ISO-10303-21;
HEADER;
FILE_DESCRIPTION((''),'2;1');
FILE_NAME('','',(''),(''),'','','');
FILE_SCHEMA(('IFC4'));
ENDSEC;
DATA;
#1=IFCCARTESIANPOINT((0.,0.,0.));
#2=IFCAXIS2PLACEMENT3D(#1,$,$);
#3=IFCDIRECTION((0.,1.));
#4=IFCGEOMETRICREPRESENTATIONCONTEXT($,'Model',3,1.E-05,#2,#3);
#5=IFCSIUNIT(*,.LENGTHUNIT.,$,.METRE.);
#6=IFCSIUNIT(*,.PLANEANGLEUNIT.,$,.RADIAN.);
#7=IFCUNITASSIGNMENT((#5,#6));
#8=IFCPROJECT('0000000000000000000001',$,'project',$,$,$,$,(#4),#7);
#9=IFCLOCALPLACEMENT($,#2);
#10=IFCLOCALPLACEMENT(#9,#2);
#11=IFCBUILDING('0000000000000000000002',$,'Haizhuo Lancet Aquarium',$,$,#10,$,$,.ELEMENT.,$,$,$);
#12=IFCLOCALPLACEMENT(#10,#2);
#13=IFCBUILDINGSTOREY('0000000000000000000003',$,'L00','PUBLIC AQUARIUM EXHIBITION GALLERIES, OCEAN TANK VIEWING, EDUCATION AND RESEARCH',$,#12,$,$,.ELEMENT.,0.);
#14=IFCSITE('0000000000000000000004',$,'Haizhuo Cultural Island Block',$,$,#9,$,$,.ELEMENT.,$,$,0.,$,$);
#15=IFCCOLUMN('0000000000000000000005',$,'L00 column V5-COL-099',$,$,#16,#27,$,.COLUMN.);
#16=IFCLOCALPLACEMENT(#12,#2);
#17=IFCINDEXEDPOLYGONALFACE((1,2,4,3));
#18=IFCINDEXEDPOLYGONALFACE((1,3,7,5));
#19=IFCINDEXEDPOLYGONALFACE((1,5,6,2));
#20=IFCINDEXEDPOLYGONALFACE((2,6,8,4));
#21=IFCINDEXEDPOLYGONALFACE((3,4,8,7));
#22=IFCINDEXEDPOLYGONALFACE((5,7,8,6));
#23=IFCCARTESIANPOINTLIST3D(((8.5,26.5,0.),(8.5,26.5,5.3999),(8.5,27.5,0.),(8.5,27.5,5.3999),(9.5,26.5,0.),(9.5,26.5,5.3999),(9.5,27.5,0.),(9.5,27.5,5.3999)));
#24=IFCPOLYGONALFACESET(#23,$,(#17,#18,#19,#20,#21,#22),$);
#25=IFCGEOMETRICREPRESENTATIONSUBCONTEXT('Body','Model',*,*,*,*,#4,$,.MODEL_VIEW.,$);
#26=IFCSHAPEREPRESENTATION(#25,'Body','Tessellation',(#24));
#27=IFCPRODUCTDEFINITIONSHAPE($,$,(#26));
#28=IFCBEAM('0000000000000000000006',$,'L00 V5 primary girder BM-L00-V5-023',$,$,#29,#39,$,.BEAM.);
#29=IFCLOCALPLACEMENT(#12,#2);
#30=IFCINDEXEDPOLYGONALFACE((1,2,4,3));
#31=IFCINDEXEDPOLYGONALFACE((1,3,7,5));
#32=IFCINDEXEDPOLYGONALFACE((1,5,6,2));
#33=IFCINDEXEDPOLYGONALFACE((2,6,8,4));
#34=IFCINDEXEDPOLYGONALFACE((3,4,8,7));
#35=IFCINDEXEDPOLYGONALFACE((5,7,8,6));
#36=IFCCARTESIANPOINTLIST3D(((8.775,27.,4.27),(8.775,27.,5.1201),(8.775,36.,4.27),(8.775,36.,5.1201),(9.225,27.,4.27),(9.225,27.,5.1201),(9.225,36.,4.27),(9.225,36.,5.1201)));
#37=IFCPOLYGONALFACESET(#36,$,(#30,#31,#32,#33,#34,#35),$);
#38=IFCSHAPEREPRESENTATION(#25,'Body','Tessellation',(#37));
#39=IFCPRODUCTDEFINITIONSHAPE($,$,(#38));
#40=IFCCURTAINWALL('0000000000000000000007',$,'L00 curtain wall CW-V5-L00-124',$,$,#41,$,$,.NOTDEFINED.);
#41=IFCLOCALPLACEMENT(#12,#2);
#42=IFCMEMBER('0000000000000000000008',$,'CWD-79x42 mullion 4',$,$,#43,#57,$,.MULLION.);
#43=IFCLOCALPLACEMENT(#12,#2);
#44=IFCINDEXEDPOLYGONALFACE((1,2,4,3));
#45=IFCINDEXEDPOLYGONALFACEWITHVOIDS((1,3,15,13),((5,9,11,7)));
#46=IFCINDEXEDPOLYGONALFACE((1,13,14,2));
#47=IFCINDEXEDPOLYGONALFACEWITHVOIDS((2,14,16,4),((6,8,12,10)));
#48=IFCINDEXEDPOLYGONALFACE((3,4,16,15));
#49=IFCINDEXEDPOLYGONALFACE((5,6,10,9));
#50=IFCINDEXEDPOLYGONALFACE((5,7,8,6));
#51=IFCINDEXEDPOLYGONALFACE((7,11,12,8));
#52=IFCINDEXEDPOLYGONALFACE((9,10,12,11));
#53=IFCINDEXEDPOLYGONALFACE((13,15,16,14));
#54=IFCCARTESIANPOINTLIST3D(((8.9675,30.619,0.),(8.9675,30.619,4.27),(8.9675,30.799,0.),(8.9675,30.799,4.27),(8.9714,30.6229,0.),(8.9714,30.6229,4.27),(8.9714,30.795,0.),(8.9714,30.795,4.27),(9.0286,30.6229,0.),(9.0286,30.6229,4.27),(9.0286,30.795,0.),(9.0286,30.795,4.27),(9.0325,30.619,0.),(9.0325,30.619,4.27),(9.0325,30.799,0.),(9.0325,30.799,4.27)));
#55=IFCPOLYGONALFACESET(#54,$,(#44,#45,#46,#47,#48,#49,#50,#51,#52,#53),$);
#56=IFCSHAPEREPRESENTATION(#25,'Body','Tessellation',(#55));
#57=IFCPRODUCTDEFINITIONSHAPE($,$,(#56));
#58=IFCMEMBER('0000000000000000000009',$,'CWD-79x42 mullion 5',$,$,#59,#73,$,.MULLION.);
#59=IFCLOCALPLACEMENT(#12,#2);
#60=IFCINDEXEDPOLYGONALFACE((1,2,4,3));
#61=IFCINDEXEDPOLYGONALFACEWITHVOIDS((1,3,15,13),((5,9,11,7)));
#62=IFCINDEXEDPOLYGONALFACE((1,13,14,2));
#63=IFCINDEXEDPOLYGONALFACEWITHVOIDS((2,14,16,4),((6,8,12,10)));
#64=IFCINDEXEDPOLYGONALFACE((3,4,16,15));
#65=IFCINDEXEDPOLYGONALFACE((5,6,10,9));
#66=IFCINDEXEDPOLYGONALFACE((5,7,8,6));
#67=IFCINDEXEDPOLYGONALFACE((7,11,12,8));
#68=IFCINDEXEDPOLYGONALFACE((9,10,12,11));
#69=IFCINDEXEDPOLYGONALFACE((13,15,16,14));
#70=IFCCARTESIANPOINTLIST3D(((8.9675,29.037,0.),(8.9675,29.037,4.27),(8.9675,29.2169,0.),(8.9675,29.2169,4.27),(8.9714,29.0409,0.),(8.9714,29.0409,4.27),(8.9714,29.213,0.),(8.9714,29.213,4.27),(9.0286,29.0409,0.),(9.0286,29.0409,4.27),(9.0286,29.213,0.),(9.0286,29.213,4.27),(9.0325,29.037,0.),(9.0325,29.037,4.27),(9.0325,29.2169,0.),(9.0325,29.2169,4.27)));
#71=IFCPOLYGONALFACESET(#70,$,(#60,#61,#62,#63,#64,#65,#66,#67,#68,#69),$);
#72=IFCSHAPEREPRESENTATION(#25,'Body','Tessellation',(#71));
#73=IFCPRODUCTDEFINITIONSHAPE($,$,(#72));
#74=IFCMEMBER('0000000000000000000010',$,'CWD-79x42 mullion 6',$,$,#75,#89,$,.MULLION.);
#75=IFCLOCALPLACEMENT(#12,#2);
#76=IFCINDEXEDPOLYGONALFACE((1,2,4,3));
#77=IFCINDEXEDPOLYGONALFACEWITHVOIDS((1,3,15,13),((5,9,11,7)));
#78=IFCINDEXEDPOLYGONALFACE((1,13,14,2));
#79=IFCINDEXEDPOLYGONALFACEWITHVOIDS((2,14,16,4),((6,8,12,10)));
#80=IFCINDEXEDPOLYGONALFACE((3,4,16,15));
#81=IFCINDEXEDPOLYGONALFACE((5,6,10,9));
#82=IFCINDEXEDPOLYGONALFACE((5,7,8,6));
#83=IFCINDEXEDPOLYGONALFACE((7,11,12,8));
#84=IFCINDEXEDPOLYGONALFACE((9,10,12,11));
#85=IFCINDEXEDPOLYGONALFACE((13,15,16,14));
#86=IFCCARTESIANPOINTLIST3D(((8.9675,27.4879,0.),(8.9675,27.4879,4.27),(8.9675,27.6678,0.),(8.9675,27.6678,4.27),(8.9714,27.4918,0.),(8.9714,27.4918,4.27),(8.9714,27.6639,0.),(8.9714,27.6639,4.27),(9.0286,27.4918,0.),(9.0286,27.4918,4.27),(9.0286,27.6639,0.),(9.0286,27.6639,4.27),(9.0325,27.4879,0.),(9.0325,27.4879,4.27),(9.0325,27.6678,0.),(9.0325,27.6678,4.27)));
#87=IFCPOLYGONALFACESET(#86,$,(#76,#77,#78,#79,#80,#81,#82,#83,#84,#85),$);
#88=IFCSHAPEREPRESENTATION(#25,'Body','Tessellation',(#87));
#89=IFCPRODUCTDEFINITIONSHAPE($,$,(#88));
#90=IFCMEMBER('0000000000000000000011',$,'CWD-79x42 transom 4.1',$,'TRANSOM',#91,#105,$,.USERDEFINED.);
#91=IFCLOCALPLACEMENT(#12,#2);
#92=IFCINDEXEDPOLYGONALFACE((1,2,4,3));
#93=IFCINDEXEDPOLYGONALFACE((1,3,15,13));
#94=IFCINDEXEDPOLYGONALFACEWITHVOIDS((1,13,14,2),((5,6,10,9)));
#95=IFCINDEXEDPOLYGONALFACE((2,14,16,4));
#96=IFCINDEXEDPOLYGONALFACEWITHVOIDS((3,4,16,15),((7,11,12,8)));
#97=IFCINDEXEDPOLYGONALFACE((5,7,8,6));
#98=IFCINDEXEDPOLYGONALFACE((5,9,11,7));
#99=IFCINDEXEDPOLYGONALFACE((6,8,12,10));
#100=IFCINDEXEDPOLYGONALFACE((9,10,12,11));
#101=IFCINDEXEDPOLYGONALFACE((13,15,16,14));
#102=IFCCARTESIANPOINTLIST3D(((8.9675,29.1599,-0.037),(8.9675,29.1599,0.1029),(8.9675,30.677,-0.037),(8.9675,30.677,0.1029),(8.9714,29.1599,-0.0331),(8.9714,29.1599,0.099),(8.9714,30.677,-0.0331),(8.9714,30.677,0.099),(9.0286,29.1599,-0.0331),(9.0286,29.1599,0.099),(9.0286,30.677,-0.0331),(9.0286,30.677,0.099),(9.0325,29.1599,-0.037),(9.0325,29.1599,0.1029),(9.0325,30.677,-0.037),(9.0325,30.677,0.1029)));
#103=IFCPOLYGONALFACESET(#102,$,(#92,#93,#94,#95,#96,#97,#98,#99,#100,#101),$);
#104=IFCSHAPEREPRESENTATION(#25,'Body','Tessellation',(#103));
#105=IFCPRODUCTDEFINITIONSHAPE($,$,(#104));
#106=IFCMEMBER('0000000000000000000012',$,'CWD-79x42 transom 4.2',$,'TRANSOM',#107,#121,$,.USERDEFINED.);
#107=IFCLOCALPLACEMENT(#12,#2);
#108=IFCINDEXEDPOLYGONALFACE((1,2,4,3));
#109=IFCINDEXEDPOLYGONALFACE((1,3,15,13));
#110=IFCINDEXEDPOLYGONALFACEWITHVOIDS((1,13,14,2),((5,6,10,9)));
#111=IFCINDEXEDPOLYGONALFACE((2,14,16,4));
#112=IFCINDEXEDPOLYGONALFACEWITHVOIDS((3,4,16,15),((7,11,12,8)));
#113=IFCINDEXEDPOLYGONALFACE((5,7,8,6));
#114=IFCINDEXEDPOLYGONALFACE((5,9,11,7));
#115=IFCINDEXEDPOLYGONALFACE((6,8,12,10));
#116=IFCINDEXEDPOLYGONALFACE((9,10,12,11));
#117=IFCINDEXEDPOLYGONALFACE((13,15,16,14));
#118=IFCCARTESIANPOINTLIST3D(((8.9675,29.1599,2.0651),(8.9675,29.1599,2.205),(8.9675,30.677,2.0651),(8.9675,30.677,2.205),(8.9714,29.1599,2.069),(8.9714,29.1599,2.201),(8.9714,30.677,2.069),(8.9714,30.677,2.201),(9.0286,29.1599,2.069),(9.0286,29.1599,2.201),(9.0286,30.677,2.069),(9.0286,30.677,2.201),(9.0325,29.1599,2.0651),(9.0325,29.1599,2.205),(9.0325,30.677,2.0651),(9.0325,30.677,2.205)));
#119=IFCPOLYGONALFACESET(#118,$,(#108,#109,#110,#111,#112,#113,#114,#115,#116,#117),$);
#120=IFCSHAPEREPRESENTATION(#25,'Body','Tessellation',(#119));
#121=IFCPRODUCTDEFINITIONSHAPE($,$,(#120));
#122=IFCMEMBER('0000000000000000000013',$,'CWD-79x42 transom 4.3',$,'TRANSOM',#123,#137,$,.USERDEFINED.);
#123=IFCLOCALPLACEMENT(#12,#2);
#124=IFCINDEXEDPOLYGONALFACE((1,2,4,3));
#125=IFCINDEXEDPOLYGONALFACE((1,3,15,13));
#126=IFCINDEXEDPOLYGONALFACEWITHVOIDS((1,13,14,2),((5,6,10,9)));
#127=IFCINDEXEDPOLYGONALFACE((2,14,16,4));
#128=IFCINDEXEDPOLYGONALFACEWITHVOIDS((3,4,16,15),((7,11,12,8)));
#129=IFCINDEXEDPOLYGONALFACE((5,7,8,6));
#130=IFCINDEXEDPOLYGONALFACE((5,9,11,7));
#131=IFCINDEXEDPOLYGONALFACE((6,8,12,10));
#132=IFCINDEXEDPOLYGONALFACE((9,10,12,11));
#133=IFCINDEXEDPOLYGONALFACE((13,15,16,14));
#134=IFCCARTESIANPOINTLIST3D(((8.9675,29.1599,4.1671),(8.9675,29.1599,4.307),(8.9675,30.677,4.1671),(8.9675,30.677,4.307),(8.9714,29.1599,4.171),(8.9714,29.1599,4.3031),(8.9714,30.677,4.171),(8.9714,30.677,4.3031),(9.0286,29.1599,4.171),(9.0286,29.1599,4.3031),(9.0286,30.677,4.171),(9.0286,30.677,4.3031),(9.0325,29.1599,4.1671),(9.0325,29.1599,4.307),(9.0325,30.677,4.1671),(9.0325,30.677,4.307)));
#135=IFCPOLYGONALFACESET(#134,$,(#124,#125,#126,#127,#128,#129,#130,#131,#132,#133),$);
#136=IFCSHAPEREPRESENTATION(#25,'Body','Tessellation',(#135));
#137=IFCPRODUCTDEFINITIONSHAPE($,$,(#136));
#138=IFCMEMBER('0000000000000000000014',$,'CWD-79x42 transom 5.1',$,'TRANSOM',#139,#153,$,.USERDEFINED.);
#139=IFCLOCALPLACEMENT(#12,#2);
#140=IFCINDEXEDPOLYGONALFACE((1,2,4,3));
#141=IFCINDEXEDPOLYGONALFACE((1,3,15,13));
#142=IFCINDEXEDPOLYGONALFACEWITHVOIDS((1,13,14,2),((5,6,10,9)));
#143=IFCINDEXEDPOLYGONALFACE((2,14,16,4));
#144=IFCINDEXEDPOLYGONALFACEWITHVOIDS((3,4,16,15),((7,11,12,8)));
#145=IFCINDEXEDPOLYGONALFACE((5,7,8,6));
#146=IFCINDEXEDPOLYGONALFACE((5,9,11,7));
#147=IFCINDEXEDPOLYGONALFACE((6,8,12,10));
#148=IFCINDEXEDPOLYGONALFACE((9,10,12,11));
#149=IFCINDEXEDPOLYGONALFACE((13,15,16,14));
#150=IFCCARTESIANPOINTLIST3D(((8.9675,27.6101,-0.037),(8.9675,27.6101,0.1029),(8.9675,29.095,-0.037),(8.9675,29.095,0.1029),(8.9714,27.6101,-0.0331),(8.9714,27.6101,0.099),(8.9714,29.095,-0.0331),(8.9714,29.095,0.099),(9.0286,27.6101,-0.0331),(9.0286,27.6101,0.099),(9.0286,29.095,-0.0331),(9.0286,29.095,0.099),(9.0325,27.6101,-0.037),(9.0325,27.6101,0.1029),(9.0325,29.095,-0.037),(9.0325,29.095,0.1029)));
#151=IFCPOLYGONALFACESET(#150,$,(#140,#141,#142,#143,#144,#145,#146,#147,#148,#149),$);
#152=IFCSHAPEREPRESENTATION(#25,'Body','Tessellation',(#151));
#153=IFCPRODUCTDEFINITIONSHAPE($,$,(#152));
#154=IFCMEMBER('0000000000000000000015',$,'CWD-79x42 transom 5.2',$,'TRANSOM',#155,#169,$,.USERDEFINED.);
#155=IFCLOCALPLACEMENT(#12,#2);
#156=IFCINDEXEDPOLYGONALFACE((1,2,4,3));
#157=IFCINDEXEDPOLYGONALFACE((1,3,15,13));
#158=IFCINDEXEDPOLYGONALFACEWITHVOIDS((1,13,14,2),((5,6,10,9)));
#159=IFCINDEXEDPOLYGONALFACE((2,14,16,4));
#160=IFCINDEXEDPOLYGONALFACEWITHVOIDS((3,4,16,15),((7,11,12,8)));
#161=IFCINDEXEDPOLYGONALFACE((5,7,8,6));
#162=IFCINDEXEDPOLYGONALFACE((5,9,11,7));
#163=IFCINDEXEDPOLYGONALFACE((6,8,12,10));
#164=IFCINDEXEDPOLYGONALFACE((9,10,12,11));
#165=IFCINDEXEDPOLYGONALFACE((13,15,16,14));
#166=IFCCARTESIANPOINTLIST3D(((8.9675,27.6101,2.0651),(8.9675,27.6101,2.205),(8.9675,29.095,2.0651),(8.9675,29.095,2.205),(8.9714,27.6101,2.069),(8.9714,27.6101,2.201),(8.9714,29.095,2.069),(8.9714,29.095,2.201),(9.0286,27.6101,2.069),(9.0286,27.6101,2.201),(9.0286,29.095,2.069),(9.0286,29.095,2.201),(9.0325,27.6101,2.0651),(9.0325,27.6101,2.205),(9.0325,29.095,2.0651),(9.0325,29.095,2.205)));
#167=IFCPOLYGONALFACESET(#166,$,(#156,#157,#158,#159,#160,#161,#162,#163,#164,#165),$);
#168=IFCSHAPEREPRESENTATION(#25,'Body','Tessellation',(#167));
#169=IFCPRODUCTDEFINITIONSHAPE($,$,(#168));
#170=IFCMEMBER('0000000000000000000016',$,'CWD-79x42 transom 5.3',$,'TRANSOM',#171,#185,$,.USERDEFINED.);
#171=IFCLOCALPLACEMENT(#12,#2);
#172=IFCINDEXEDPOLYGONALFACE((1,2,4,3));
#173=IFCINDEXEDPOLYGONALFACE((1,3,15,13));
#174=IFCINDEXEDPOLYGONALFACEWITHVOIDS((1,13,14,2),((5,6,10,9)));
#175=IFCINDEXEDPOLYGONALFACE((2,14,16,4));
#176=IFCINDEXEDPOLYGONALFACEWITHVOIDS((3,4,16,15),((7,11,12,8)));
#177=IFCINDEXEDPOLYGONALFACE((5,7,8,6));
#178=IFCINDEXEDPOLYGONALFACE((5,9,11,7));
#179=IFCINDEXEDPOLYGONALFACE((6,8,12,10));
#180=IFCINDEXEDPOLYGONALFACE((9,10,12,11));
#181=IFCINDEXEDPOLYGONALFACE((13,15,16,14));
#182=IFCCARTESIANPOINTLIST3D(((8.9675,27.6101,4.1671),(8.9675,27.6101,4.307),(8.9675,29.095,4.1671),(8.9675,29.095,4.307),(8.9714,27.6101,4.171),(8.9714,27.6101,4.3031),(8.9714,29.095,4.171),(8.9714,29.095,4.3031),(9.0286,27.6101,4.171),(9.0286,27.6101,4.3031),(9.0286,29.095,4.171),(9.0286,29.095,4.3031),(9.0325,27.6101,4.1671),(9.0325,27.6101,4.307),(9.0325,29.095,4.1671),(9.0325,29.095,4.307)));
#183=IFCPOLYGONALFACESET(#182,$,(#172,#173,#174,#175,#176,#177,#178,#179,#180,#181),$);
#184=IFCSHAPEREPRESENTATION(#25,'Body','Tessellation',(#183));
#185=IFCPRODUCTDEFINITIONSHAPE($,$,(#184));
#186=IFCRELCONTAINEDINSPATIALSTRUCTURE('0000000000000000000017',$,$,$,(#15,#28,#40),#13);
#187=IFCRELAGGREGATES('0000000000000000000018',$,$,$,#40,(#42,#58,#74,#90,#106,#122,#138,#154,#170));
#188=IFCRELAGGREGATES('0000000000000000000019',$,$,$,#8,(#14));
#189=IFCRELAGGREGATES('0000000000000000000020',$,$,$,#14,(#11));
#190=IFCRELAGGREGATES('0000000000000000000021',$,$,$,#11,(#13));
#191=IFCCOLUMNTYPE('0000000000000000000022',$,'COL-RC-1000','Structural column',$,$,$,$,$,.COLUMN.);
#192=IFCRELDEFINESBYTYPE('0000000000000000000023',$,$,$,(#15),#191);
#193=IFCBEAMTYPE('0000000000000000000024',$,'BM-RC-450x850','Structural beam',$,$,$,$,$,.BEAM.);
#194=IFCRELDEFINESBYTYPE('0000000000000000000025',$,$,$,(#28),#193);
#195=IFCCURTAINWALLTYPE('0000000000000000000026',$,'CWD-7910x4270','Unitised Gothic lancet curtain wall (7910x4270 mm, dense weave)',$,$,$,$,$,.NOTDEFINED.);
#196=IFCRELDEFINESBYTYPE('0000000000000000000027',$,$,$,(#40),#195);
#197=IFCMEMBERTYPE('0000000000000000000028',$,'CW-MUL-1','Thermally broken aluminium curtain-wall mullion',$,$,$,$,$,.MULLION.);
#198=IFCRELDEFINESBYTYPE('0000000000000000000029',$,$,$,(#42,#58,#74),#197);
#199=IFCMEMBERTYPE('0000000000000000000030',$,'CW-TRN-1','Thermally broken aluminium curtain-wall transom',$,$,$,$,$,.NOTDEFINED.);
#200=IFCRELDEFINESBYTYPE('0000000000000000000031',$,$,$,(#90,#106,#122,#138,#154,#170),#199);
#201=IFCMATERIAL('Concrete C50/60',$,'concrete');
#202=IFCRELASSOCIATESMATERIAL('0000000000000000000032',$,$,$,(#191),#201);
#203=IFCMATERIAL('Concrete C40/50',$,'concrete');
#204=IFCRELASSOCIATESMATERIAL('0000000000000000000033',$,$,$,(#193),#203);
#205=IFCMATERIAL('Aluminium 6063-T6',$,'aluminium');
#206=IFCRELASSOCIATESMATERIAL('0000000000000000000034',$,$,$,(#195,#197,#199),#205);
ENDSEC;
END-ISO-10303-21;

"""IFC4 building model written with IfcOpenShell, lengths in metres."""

from ifc_helpers import new_model, si_unit, direction, frame, origin, origin_2d, place, context, subcontext, project, spatial, rectangle, hollow_rectangle, extrude, material, material_profile, profile_set, type_object, element, aggregate, save


model = new_model("IFC4")

# Units and contexts
model_context = context("Model", 3, precision=1e-05, world=origin(), true_north=direction((0.0, 1.0)))
body_context = subcontext(model_context, "Body", "Model", "MODEL_VIEW")
ifc_project = project(units=[si_unit("LENGTHUNIT", "METRE"), si_unit("PLANEANGLEUNIT", "RADIAN")], contexts=[model_context])

# Site, building, storey
site_placement = place(None, origin())
site = spatial("IfcSite", under=ifc_project, at=site_placement, Name="Haizhuo Cultural Island Block", CompositionType="ELEMENT", RefElevation=0.0)
building_placement = place(site_placement, origin())
building = spatial("IfcBuilding", under=site, at=building_placement, Name="Haizhuo Lancet Aquarium", CompositionType="ELEMENT")
storey_placement = place(building_placement, origin())
storey = spatial("IfcBuildingStorey", under=building, at=storey_placement, Name="L00", Description="PUBLIC AQUARIUM EXHIBITION GALLERIES, OCEAN TANK VIEWING, EDUCATION AND RESEARCH", CompositionType="ELEMENT", Elevation=0.0)

# Column
ifc_material_1 = material(Name="Concrete C50/60", Category="concrete")
ifc_material_profile_1 = material_profile(ifc_material_1, rectangle(XDim=1.0, YDim=1.0, at=origin_2d()), Name="RC-COL 1000x1000")
ifc_profile_set_1 = profile_set([ifc_material_profile_1], Name="Concrete C50/60")
column_type = type_object("IfcColumnType", Name="COL-RC-1000", Description="Structural column", PredefinedType="COLUMN", material=ifc_profile_set_1)
column_placement = place(storey_placement, frame((9.0, 27.0, 0.0), z_axis=(0.0, 0.0, 1.0), x_axis=(1.0, 0.0, 0.0)))
element("IfcColumn", 1, at=column_placement, inside=storey, type_object=column_type, Name="L00 column V5-COL-099", PredefinedType="COLUMN", context=body_context, shape_type="SweptSolid", body=[
    extrude(rectangle(XDim=1.0, YDim=1.0, at=origin_2d()), origin(), (0.0, 0.0, 1.0), 5.3999),
])

# Beam
ifc_material_2 = material(Name="Concrete C40/50", Category="concrete")
ifc_material_profile_2 = material_profile(ifc_material_2, rectangle(XDim=0.45, YDim=0.8501, at=origin_2d()), Name="RC-BM 450x850")
ifc_profile_set_2 = profile_set([ifc_material_profile_2], Name="Concrete C40/50")
beam_type = type_object("IfcBeamType", Name="BM-RC-450x850", Description="Structural beam", PredefinedType="BEAM", material=ifc_profile_set_2)
beam_placement = place(storey_placement, frame((9.0, 27.0, 4.6951), z_axis=(0.0, 1.0, 0.0), x_axis=(-1.0, 0.0, 0.0)))
element("IfcBeam", 2, at=beam_placement, inside=storey, type_object=beam_type, Name="L00 V5 primary girder BM-L00-V5-023", PredefinedType="BEAM", context=body_context, shape_type="SweptSolid", body=[
    extrude(rectangle(XDim=0.45, YDim=0.8501, at=origin_2d()), origin(), (0.0, 0.0, 1.0), 9.0),
])

# Curtain wall, members
ifc_material_3 = material(Name="Aluminium 6063-T6", Category="aluminium")
curtain_wall_type = type_object("IfcCurtainWallType", Name="CWD-7910x4270", Description="Unitised Gothic lancet curtain wall (7910x4270 mm, dense weave)", PredefinedType="NOTDEFINED", material=ifc_material_3)
curtain_wall_placement = place(storey_placement, origin())
curtain_wall = element("IfcCurtainWall", 3, at=curtain_wall_placement, inside=storey, type_object=curtain_wall_type, Name="L00 curtain wall CW-V5-L00-124", PredefinedType="NOTDEFINED")
ifc_material_profile_3 = material_profile(ifc_material_3, hollow_rectangle(XDim=0.0649, YDim=0.1799, WallThickness=0.0039, at=origin_2d()), Name="ALU-M 65x180x4")
ifc_profile_set_3 = profile_set([ifc_material_profile_3], Name="Aluminium 6063-T6")
member_type_1 = type_object("IfcMemberType", Name="CW-MUL-1", Description="Thermally broken aluminium curtain-wall mullion", PredefinedType="MULLION", material=ifc_profile_set_3)
member_1_placement = place(storey_placement, frame((9.0, 30.709, 0.0), z_axis=(0.0, 0.0, 1.0), x_axis=(1.0, 0.0, 0.0)))
member_1 = element("IfcMember", 4, at=member_1_placement, type_object=member_type_1, Name="CWD-79x42 mullion 4", PredefinedType="MULLION", context=body_context, shape_type="SweptSolid", body=[
    extrude(hollow_rectangle(XDim=0.0649, YDim=0.1799, WallThickness=0.0039, at=origin_2d()), origin(), (0.0, 0.0, 1.0), 4.27),
])
member_2_placement = place(storey_placement, frame((9.0, 29.127, 0.0), z_axis=(0.0, 0.0, 1.0), x_axis=(1.0, 0.0, 0.0)))
member_2 = element("IfcMember", 5, at=member_2_placement, type_object=member_type_1, Name="CWD-79x42 mullion 5", PredefinedType="MULLION", context=body_context, shape_type="SweptSolid", body=[
    extrude(hollow_rectangle(XDim=0.0649, YDim=0.1799, WallThickness=0.0039, at=origin_2d()), origin(), (0.0, 0.0, 1.0), 4.27),
])
member_3_placement = place(storey_placement, frame((9.0, 27.5779, 0.0), z_axis=(0.0, 0.0, 1.0), x_axis=(1.0, 0.0, 0.0)))
member_3 = element("IfcMember", 6, at=member_3_placement, type_object=member_type_1, Name="CWD-79x42 mullion 6", PredefinedType="MULLION", context=body_context, shape_type="SweptSolid", body=[
    extrude(hollow_rectangle(XDim=0.0649, YDim=0.1799, WallThickness=0.0039, at=origin_2d()), origin(), (0.0, 0.0, 1.0), 4.27),
])
ifc_material_profile_4 = material_profile(ifc_material_3, hollow_rectangle(XDim=0.0649, YDim=0.1399, WallThickness=0.0039, at=origin_2d()), Name="ALU-T 65x140x4")
ifc_profile_set_4 = profile_set([ifc_material_profile_4], Name="Aluminium 6063-T6")
member_type_2 = type_object("IfcMemberType", Name="CW-TRN-1", Description="Thermally broken aluminium curtain-wall transom", PredefinedType="NOTDEFINED", material=ifc_profile_set_4)
member_4_placement = place(storey_placement, frame((9.0, 30.677, 0.033), z_axis=(0.0, -1.0, 0.0), x_axis=(1.0, 0.0, 0.0)))
member_4 = element("IfcMember", 7, at=member_4_placement, type_object=member_type_2, Name="CWD-79x42 transom 4.1", ObjectType="TRANSOM", PredefinedType="USERDEFINED", context=body_context, shape_type="SweptSolid", body=[
    extrude(hollow_rectangle(XDim=0.0649, YDim=0.1399, WallThickness=0.0039, at=origin_2d()), origin(), (0.0, 0.0, 1.0), 1.5171),
])
member_5_placement = place(storey_placement, frame((9.0, 30.677, 2.135), z_axis=(0.0, -1.0, 0.0), x_axis=(1.0, 0.0, 0.0)))
member_5 = element("IfcMember", 8, at=member_5_placement, type_object=member_type_2, Name="CWD-79x42 transom 4.2", ObjectType="TRANSOM", PredefinedType="USERDEFINED", context=body_context, shape_type="SweptSolid", body=[
    extrude(hollow_rectangle(XDim=0.0649, YDim=0.1399, WallThickness=0.0039, at=origin_2d()), origin(), (0.0, 0.0, 1.0), 1.5171),
])
member_6_placement = place(storey_placement, frame((9.0, 30.677, 4.2371), z_axis=(0.0, -1.0, 0.0), x_axis=(1.0, 0.0, 0.0)))
member_6 = element("IfcMember", 9, at=member_6_placement, type_object=member_type_2, Name="CWD-79x42 transom 4.3", ObjectType="TRANSOM", PredefinedType="USERDEFINED", context=body_context, shape_type="SweptSolid", body=[
    extrude(hollow_rectangle(XDim=0.0649, YDim=0.1399, WallThickness=0.0039, at=origin_2d()), origin(), (0.0, 0.0, 1.0), 1.5171),
])
member_7_placement = place(storey_placement, frame((9.0, 29.095, 0.033), z_axis=(0.0, -1.0, 0.0), x_axis=(1.0, 0.0, 0.0)))
member_7 = element("IfcMember", 10, at=member_7_placement, type_object=member_type_2, Name="CWD-79x42 transom 5.1", ObjectType="TRANSOM", PredefinedType="USERDEFINED", context=body_context, shape_type="SweptSolid", body=[
    extrude(hollow_rectangle(XDim=0.0649, YDim=0.1399, WallThickness=0.0039, at=origin_2d()), origin(), (0.0, 0.0, 1.0), 1.4849),
])
member_8_placement = place(storey_placement, frame((9.0, 29.095, 2.135), z_axis=(0.0, -1.0, 0.0), x_axis=(1.0, 0.0, 0.0)))
member_8 = element("IfcMember", 11, at=member_8_placement, type_object=member_type_2, Name="CWD-79x42 transom 5.2", ObjectType="TRANSOM", PredefinedType="USERDEFINED", context=body_context, shape_type="SweptSolid", body=[
    extrude(hollow_rectangle(XDim=0.0649, YDim=0.1399, WallThickness=0.0039, at=origin_2d()), origin(), (0.0, 0.0, 1.0), 1.4849),
])
member_9_placement = place(storey_placement, frame((9.0, 29.095, 4.2371), z_axis=(0.0, -1.0, 0.0), x_axis=(1.0, 0.0, 0.0)))
member_9 = element("IfcMember", 12, at=member_9_placement, type_object=member_type_2, Name="CWD-79x42 transom 5.3", ObjectType="TRANSOM", PredefinedType="USERDEFINED", context=body_context, shape_type="SweptSolid", body=[
    extrude(hollow_rectangle(XDim=0.0649, YDim=0.1399, WallThickness=0.0039, at=origin_2d()), origin(), (0.0, 0.0, 1.0), 1.4849),
])

aggregate(curtain_wall, [member_1, member_2, member_3, member_4, member_5, member_6, member_7, member_8, member_9])

save(model, "model.ifc")
